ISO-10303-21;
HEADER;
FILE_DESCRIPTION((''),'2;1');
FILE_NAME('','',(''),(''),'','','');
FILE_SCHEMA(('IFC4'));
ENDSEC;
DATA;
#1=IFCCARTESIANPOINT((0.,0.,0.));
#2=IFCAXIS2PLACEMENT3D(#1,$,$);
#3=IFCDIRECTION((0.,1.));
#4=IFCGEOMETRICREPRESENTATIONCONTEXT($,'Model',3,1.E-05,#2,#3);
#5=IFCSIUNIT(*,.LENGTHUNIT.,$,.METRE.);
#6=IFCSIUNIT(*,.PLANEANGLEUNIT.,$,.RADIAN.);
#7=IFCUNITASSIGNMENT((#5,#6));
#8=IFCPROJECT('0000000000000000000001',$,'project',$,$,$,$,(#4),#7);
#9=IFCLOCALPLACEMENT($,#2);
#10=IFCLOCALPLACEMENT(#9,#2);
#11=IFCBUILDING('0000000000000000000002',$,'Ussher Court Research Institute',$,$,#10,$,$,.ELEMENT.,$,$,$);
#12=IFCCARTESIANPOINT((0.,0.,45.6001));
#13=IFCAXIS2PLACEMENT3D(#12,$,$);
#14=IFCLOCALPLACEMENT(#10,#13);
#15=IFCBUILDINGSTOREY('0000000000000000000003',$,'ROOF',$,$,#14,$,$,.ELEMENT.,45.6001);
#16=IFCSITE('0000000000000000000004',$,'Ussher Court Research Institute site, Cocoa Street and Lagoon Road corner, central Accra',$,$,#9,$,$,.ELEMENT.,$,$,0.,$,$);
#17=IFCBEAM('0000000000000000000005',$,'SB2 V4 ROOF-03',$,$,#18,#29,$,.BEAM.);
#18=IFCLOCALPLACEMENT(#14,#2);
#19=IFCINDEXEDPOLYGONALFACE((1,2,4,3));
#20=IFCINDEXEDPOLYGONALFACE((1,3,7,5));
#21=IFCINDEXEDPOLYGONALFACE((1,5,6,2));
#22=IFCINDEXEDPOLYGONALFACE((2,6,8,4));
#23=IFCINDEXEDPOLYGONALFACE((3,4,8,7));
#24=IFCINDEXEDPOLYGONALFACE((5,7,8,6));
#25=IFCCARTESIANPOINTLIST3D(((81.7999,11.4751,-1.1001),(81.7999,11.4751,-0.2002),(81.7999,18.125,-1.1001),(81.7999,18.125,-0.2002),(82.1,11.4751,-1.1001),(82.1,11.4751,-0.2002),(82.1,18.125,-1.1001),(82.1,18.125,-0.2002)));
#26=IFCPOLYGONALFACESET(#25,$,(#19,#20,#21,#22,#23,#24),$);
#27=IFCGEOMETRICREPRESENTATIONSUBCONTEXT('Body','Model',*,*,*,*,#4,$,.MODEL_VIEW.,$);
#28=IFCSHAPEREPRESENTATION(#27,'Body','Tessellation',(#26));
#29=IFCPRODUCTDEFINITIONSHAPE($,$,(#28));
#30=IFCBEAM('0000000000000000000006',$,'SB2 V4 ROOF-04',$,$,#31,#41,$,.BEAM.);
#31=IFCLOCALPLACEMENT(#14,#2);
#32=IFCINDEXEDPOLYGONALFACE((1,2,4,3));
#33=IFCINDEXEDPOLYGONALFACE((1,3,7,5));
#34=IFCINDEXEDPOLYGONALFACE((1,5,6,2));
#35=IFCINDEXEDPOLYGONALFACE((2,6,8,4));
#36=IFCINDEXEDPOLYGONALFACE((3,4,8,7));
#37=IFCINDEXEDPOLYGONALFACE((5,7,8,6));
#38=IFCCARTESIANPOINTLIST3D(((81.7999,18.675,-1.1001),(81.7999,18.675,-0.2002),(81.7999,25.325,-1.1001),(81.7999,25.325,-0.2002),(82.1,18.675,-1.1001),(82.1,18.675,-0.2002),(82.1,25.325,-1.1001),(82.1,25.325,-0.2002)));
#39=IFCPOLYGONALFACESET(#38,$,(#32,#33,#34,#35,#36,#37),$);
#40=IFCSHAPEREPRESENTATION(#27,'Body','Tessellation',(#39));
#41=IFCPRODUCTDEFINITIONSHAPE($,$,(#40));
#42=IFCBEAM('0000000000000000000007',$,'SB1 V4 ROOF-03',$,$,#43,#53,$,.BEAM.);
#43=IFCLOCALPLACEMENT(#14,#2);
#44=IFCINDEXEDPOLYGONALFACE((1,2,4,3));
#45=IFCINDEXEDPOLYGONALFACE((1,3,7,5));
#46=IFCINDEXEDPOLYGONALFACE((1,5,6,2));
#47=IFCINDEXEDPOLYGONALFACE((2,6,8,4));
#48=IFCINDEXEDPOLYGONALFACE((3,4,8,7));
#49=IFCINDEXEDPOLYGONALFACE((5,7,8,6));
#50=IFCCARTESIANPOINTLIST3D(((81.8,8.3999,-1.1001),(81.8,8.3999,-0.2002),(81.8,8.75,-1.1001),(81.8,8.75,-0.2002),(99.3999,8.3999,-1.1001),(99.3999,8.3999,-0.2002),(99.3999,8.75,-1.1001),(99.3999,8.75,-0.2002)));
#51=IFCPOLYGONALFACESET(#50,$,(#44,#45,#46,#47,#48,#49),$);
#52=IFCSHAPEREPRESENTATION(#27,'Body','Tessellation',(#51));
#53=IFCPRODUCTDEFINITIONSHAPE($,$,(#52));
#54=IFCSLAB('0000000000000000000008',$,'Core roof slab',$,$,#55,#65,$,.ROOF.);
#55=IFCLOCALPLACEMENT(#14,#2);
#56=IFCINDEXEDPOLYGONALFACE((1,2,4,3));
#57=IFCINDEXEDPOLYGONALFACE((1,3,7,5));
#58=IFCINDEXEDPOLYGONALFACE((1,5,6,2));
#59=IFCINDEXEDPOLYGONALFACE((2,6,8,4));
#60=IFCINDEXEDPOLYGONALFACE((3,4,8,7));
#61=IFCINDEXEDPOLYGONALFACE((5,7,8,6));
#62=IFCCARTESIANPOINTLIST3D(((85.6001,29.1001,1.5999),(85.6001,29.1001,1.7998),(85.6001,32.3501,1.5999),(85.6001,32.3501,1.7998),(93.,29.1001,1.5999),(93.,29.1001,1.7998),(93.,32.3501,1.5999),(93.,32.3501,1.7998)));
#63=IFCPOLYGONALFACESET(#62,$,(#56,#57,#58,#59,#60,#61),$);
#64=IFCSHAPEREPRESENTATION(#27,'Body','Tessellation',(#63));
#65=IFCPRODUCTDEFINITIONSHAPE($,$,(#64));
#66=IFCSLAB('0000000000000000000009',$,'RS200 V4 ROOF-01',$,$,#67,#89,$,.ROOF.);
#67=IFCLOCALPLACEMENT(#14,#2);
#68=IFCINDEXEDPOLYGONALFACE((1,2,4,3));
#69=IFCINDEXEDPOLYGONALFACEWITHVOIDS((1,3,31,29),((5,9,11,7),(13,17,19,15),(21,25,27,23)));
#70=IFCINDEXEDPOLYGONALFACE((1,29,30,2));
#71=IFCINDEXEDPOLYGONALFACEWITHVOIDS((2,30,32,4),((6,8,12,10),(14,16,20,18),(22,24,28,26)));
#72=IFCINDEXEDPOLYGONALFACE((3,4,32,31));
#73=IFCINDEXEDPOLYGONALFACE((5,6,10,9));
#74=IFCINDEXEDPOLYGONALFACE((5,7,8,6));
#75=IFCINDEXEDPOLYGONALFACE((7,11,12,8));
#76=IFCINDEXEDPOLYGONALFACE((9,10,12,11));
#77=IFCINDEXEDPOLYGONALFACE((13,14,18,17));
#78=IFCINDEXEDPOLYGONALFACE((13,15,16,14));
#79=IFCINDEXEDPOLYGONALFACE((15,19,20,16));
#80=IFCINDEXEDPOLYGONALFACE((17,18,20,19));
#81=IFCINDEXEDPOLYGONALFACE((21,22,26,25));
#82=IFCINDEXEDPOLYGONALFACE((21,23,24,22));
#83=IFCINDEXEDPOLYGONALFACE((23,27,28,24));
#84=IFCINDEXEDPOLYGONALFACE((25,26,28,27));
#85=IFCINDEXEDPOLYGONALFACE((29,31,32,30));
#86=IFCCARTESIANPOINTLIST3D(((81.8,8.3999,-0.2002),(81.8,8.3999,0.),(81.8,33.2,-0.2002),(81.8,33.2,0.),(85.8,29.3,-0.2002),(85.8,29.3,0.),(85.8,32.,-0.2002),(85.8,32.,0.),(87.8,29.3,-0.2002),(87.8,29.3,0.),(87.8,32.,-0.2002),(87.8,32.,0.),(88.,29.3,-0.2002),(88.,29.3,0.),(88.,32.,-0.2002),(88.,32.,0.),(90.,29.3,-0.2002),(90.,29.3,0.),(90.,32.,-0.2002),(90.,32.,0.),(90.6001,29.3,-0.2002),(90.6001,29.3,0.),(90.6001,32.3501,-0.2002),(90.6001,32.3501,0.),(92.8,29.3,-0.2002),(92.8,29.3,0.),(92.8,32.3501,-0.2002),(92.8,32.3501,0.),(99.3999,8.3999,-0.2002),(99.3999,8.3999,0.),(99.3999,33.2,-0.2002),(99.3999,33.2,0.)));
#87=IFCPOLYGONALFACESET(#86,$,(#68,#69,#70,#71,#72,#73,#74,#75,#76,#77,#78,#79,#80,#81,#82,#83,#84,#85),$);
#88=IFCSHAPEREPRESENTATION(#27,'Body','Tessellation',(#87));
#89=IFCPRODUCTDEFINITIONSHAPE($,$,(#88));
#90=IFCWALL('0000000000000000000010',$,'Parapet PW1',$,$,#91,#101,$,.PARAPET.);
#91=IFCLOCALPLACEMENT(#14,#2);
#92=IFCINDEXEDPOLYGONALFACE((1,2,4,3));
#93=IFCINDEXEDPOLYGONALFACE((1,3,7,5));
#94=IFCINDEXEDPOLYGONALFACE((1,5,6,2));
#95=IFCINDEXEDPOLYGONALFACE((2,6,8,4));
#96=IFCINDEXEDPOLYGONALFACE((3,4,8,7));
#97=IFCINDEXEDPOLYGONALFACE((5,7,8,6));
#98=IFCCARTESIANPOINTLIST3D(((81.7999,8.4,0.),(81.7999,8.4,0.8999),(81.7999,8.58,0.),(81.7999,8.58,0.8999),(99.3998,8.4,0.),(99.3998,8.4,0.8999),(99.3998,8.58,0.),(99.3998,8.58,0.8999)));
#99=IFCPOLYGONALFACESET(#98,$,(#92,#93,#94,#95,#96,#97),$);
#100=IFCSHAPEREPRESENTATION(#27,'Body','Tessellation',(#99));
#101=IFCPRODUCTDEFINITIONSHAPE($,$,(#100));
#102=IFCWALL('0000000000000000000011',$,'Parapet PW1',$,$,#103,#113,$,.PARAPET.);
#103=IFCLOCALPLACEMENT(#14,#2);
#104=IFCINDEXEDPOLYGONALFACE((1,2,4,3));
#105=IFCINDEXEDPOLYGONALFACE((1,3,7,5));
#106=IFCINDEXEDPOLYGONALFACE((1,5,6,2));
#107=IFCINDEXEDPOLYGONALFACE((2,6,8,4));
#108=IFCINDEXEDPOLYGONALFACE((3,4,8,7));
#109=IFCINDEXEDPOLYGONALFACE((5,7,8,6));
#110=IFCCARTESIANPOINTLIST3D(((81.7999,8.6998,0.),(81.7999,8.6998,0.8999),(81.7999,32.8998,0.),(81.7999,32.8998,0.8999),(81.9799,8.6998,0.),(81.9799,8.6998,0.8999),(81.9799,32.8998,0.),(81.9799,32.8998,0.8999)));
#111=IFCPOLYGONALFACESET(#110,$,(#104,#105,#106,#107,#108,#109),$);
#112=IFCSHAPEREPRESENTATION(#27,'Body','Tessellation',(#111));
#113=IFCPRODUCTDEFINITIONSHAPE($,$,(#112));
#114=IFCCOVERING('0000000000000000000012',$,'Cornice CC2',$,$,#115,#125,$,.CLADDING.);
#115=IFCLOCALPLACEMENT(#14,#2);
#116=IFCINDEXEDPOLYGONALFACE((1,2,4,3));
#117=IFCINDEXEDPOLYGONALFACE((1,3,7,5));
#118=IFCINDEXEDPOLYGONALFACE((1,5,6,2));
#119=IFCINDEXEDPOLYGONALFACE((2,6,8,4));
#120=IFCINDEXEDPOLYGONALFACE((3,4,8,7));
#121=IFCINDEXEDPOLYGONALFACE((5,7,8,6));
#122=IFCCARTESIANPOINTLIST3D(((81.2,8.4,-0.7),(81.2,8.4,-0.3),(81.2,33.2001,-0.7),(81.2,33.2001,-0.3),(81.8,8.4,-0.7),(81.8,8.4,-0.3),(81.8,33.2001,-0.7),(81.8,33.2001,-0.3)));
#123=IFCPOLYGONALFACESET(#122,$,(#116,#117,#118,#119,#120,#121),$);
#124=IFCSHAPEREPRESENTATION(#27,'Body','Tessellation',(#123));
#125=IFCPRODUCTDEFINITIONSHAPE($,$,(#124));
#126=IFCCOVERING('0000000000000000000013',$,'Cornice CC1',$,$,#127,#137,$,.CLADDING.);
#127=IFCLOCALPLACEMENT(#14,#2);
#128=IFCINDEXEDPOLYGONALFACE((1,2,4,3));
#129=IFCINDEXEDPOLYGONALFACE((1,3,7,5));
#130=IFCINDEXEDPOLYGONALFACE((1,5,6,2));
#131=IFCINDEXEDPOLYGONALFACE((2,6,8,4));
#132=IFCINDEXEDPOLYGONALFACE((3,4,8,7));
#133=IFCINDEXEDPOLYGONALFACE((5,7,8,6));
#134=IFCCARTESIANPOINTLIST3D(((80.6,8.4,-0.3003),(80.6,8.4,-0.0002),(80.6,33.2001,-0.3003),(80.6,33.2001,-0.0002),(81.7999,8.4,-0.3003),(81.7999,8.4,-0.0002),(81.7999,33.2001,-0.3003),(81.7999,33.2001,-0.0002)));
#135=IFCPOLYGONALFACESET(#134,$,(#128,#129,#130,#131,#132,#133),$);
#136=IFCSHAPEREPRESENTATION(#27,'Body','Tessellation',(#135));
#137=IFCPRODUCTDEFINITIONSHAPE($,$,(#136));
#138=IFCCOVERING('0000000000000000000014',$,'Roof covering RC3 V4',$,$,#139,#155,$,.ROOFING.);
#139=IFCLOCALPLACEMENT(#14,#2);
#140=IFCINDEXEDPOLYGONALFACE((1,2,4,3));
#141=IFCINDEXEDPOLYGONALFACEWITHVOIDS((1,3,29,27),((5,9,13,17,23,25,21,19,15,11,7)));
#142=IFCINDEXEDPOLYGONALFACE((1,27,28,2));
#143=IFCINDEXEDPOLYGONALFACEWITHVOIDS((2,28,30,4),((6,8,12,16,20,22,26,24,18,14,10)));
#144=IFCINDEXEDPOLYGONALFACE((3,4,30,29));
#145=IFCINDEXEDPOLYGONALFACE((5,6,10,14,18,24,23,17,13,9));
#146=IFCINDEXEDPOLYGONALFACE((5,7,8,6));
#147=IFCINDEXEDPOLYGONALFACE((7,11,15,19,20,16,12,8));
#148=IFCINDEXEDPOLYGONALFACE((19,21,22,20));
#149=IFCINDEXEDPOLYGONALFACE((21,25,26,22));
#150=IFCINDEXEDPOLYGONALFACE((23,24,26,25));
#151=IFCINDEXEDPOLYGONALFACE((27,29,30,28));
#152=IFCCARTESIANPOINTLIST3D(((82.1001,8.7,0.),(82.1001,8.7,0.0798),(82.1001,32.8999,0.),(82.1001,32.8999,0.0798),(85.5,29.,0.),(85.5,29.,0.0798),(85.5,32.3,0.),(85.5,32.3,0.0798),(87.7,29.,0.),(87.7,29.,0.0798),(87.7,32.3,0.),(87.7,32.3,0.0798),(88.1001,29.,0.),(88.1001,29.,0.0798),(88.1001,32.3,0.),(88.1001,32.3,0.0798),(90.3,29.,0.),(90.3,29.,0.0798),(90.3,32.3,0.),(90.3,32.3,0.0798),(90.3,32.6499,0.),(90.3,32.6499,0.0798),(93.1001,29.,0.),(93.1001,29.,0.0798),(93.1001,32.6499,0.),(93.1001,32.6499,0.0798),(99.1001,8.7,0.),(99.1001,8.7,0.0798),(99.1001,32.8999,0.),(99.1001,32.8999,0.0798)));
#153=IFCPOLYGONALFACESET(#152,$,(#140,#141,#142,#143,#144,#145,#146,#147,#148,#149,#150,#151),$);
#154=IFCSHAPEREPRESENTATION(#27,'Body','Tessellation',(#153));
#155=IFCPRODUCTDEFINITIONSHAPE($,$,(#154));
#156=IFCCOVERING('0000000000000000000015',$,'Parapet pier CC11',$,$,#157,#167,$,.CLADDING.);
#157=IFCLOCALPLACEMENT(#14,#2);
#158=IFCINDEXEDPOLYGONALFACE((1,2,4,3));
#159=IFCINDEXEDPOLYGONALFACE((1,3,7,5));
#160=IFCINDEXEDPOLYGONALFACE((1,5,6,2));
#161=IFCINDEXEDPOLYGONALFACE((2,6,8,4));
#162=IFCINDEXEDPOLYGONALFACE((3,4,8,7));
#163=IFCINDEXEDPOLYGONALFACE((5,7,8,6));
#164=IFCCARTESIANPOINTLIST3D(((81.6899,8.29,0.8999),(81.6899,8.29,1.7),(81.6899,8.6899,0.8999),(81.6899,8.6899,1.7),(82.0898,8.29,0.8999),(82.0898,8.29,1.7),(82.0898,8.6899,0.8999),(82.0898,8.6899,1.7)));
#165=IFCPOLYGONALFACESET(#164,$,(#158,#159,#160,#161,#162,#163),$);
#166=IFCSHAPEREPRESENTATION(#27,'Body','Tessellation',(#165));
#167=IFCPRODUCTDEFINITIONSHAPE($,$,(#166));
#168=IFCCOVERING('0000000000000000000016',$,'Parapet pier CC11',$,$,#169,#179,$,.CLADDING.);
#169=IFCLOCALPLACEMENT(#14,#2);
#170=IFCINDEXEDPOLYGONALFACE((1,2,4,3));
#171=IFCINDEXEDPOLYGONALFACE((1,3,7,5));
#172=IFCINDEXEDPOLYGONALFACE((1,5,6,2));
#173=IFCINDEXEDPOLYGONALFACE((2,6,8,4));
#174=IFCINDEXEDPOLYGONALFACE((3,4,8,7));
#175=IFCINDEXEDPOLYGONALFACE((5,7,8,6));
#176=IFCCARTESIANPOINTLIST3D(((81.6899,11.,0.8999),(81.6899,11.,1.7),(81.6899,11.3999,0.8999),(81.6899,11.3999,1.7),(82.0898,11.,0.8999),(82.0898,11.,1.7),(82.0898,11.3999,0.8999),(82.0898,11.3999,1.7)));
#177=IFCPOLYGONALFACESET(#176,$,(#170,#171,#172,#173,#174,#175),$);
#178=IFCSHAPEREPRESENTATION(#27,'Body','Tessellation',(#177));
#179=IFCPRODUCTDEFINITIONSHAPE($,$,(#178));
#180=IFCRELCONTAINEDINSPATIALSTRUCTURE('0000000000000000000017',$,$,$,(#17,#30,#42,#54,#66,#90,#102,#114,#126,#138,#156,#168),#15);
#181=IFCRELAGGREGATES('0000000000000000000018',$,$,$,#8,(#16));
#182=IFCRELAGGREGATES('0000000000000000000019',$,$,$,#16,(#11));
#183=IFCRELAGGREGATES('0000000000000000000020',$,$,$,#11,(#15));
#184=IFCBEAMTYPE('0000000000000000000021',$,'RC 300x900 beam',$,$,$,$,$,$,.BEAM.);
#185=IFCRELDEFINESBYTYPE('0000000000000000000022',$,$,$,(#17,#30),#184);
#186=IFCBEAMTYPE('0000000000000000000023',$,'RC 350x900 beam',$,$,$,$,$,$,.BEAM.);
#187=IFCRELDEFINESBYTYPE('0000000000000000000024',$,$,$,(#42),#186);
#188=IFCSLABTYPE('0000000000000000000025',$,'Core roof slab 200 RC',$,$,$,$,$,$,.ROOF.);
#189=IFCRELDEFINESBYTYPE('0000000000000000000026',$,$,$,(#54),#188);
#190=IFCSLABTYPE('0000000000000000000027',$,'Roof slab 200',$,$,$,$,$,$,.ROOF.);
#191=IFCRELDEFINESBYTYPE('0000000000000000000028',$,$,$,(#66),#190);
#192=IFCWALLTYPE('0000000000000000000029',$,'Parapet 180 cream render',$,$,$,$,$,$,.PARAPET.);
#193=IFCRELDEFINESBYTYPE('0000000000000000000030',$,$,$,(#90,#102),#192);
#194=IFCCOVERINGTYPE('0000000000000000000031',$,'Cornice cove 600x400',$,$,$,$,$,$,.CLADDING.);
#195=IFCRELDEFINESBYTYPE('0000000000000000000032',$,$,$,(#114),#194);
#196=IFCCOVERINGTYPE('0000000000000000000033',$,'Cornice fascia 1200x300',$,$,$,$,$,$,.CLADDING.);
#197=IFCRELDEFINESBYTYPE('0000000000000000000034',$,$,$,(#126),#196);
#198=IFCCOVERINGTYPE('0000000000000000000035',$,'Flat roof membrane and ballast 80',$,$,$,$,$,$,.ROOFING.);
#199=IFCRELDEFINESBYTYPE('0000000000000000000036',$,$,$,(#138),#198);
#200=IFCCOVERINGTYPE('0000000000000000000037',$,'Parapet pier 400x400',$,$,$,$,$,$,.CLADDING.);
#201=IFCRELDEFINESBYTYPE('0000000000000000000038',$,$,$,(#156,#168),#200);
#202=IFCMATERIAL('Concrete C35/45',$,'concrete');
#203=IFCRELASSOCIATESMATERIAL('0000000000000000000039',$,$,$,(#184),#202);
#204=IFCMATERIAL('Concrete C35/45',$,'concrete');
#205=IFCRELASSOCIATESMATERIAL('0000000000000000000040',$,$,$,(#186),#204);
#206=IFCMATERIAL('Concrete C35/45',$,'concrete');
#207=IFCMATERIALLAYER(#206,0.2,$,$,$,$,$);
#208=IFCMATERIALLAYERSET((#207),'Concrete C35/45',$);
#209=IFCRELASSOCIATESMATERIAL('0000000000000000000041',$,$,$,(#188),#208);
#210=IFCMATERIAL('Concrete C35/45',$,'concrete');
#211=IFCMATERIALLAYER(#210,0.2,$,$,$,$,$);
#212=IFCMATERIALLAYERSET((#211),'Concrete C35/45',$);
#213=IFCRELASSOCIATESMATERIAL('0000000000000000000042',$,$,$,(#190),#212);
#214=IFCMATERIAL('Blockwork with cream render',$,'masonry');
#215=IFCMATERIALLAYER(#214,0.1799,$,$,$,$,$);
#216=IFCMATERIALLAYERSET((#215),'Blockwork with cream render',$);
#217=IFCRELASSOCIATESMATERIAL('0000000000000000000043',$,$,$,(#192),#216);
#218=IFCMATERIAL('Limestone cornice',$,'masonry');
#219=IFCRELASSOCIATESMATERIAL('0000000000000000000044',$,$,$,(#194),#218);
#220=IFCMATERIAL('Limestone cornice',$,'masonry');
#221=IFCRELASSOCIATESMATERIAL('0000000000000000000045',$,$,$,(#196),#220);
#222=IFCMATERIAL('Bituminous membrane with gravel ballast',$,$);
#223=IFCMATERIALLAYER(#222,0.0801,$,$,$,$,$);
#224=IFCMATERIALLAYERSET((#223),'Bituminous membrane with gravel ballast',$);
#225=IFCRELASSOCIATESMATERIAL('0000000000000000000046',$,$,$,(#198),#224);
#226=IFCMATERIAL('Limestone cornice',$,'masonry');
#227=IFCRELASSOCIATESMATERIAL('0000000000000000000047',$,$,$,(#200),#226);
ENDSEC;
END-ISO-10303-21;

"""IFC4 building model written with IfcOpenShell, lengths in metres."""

from ifc_helpers import new_model, si_unit, direction, frame, frame_2d, origin, origin_2d, place, context, subcontext, project, spatial, polyline, rectangle, outline, extrude, material, layer, layer_set, material_profile, profile_set, type_object, element, save


model = new_model("IFC4")

# Units and contexts
model_context = context("Model", 3, precision=1e-05, world=origin(), true_north=direction((0.0, 1.0)))
body_context = subcontext(model_context, "Body", "Model", "MODEL_VIEW")
ifc_project = project(units=[si_unit("LENGTHUNIT", "METRE"), si_unit("PLANEANGLEUNIT", "RADIAN")], contexts=[model_context])

# Site, building, storey
site_placement = place(None, origin())
site = spatial("IfcSite", under=ifc_project, at=site_placement, Name="Ussher Court Research Institute site, Cocoa Street and Lagoon Road corner, central Accra", CompositionType="ELEMENT", RefElevation=0.0)
building_placement = place(site_placement, origin())
building = spatial("IfcBuilding", under=site, at=building_placement, Name="Ussher Court Research Institute", CompositionType="ELEMENT")
storey_placement = place(building_placement, frame((0.0, 0.0, 45.6001)))
storey = spatial("IfcBuildingStorey", under=building, at=storey_placement, Name="ROOF", CompositionType="ELEMENT", Elevation=45.6001)

# Beams
ifc_material_1 = material(Name="Concrete C35/45", Category="concrete")
ifc_material_profile_1 = material_profile(ifc_material_1, rectangle(XDim=0.3, YDim=0.8999, at=origin_2d()), Name="RC 300x900")
ifc_profile_set_1 = profile_set([ifc_material_profile_1], Name="Concrete C35/45")
beam_type_1 = type_object("IfcBeamType", Name="RC 300x900 beam", PredefinedType="BEAM", material=ifc_profile_set_1)
for number, where, z_axis, x_axis, name in (
    (1, (81.95, 11.4751, -0.6501), (0.0, 1.0, 0.0), (-1.0, 0.0, 0.0), "SB2 V4 ROOF-03"),
    (2, (81.95, 18.675, -0.6501), (0.0, 1.0, 0.0), (-1.0, 0.0, 0.0), "SB2 V4 ROOF-04"),
):
    element("IfcBeam", number, at=place(storey_placement, frame(where, z_axis=z_axis, x_axis=x_axis)), inside=storey, type_object=beam_type_1, Name=name, PredefinedType="BEAM", context=body_context, shape_type="SweptSolid", body=[
        extrude(rectangle(XDim=0.3, YDim=0.8999, at=origin_2d()), origin(), (0.0, 0.0, 1.0), 6.6499),
    ])
ifc_material_2 = material(Name="Concrete C35/45", Category="concrete")
ifc_material_profile_2 = material_profile(ifc_material_2, rectangle(XDim=0.3501, YDim=0.8999, at=origin_2d()), Name="RC 350x900")
ifc_profile_set_2 = profile_set([ifc_material_profile_2], Name="Concrete C35/45")
beam_type_2 = type_object("IfcBeamType", Name="RC 350x900 beam", PredefinedType="BEAM", material=ifc_profile_set_2)
beam_placement = place(storey_placement, frame((81.8, 8.575, -0.6501), z_axis=(1.0, 0.0, 0.0), x_axis=(0.0, 1.0, 0.0)))
element("IfcBeam", 3, at=beam_placement, inside=storey, type_object=beam_type_2, Name="SB1 V4 ROOF-03", PredefinedType="BEAM", context=body_context, shape_type="SweptSolid", body=[
    extrude(rectangle(XDim=0.3501, YDim=0.8999, at=origin_2d()), origin(), (0.0, 0.0, 1.0), 17.5999),
])

# Slabs
ifc_material_3 = material(Name="Concrete C35/45", Category="concrete")
ifc_layer_1 = layer(ifc_material_3, 0.2)
ifc_layer_set_1 = layer_set([ifc_layer_1], Name="Concrete C35/45")
slab_type_1 = type_object("IfcSlabType", Name="Core roof slab 200 RC", PredefinedType="ROOF", material=ifc_layer_set_1)
slab_1_placement = place(storey_placement, frame((0.0, 0.0, 1.5999)))
element("IfcSlab", 4, at=slab_1_placement, inside=storey, type_object=slab_type_1, Name="Core roof slab", PredefinedType="ROOF", context=body_context, shape_type="SweptSolid", body=[
    extrude(outline(polyline([(93.0, 29.1001), (93.0, 32.3501), (85.6001, 32.3501), (85.6001, 29.1001), (93.0, 29.1001)])), origin(), (0.0, 0.0, 1.0), 0.2),
])
ifc_material_4 = material(Name="Concrete C35/45", Category="concrete")
ifc_layer_2 = layer(ifc_material_4, 0.2)
ifc_layer_set_2 = layer_set([ifc_layer_2], Name="Concrete C35/45")
slab_type_2 = type_object("IfcSlabType", Name="Roof slab 200", PredefinedType="ROOF", material=ifc_layer_set_2)
slab_2_placement = place(storey_placement, frame((0.0, 0.0, -0.2002)))
element("IfcSlab", 5, at=slab_2_placement, inside=storey, type_object=slab_type_2, Name="RS200 V4 ROOF-01", PredefinedType="ROOF", context=body_context, shape_type="SweptSolid", body=[
    extrude(outline(polyline([(81.8, 8.3999), (99.3999, 8.3999), (99.3999, 33.2), (81.8, 33.2), (81.8, 8.3999)]), holes=[polyline([(85.8, 29.3), (85.8, 32.0), (87.8, 32.0), (87.8, 29.3), (85.8, 29.3)]), polyline([(88.0, 32.0), (90.0, 32.0), (90.0, 29.3), (88.0, 29.3), (88.0, 32.0)]), polyline([(90.6001, 32.3501), (92.8, 32.3501), (92.8, 29.3), (90.6001, 29.3), (90.6001, 32.3501)])]), origin(), (0.0, 0.0, 1.0), 0.2002),
])

# Walls
ifc_material_5 = material(Name="Blockwork with cream render", Category="masonry")
ifc_layer_3 = layer(ifc_material_5, 0.1799)
ifc_layer_set_3 = layer_set([ifc_layer_3], Name="Blockwork with cream render")
wall_type = type_object("IfcWallType", Name="Parapet 180 cream render", PredefinedType="PARAPET", material=ifc_layer_set_3)
wall_1_placement = place(storey_placement, frame((81.8, 8.49, 0.0), z_axis=(0.0, 0.0, 1.0), x_axis=(1.0, 0.0, 0.0)))
element("IfcWall", 6, at=wall_1_placement, inside=storey, type_object=wall_type, Name="Parapet PW1", PredefinedType="PARAPET", context=body_context, shape_type="SweptSolid", body=[
    extrude(rectangle(XDim=17.5999, YDim=0.1799, at=frame_2d((8.7998, 0.0))), origin(), (0.0, 0.0, 1.0), 0.8999),
])
wall_2_placement = place(storey_placement, frame((81.8899, 32.8999, 0.0), z_axis=(0.0, 0.0, 1.0), x_axis=(0.0, -1.0, 0.0)))
element("IfcWall", 7, at=wall_2_placement, inside=storey, type_object=wall_type, Name="Parapet PW1", PredefinedType="PARAPET", context=body_context, shape_type="SweptSolid", body=[
    extrude(rectangle(XDim=24.2, YDim=0.1799, at=frame_2d((12.1001, 0.0))), origin(), (0.0, 0.0, 1.0), 0.8999),
])

# Coverings
ifc_material_6 = material(Name="Limestone cornice", Category="masonry")
covering_type_1 = type_object("IfcCoveringType", Name="Cornice cove 600x400", PredefinedType="CLADDING", material=ifc_material_6)
covering_1_placement = place(storey_placement, frame((81.5, 20.8, -0.7), z_axis=(0.0, 0.0, 1.0), x_axis=(0.0, -1.0, 0.0)))
element("IfcCovering", 8, at=covering_1_placement, inside=storey, type_object=covering_type_1, Name="Cornice CC2", PredefinedType="CLADDING", context=body_context, shape_type="SweptSolid", body=[
    extrude(rectangle(XDim=24.8, YDim=0.6001, at=origin_2d()), origin(), (0.0, 0.0, 1.0), 0.3999),
])
ifc_material_7 = material(Name="Limestone cornice", Category="masonry")
covering_type_2 = type_object("IfcCoveringType", Name="Cornice fascia 1200x300", PredefinedType="CLADDING", material=ifc_material_7)
covering_2_placement = place(storey_placement, frame((81.2, 20.8, -0.3003), z_axis=(0.0, 0.0, 1.0), x_axis=(0.0, -1.0, 0.0)))
element("IfcCovering", 9, at=covering_2_placement, inside=storey, type_object=covering_type_2, Name="Cornice CC1", PredefinedType="CLADDING", context=body_context, shape_type="SweptSolid", body=[
    extrude(rectangle(XDim=24.8, YDim=1.2, at=origin_2d()), origin(), (0.0, 0.0, 1.0), 0.3),
])
ifc_material_8 = material(Name="Bituminous membrane with gravel ballast")
ifc_layer_4 = layer(ifc_material_8, 0.0801)
ifc_layer_set_4 = layer_set([ifc_layer_4], Name="Bituminous membrane with gravel ballast")
covering_type_3 = type_object("IfcCoveringType", Name="Flat roof membrane and ballast 80", PredefinedType="ROOFING", material=ifc_layer_set_4)
covering_3_placement = place(storey_placement, origin())
element("IfcCovering", 10, at=covering_3_placement, inside=storey, type_object=covering_type_3, Name="Roof covering RC3 V4", PredefinedType="ROOFING", context=body_context, shape_type="SweptSolid", body=[
    extrude(outline(polyline([(82.1001, 8.7), (82.1001, 32.8999), (99.1001, 32.8999), (99.1001, 8.7), (82.1001, 8.7)]), holes=[polyline([(85.5, 29.0), (87.7, 29.0), (88.1001, 29.0), (90.3, 29.0), (93.1001, 29.0), (93.1001, 32.6499), (90.3, 32.6499), (90.3, 32.3), (88.1001, 32.3), (87.7, 32.3), (85.5, 32.3), (85.5, 29.0)])]), origin(), (0.0, 0.0, 1.0), 0.0798),
])
ifc_material_9 = material(Name="Limestone cornice", Category="masonry")
covering_type_4 = type_object("IfcCoveringType", Name="Parapet pier 400x400", PredefinedType="CLADDING", material=ifc_material_9)
for number, where, z_axis, x_axis, name in (
    (11, (81.8899, 8.49, 0.8999), (0.0, 0.0, 1.0), (1.0, 0.0, 0.0), "Parapet pier CC11"),
    (12, (81.8899, 11.2, 0.8999), (0.0, 0.0, 1.0), (1.0, 0.0, 0.0), "Parapet pier CC11"),
):
    element("IfcCovering", number, at=place(storey_placement, frame(where, z_axis=z_axis, x_axis=x_axis)), inside=storey, type_object=covering_type_4, Name=name, PredefinedType="CLADDING", context=body_context, shape_type="SweptSolid", body=[
        extrude(rectangle(XDim=0.3999, YDim=0.3999, at=origin_2d()), origin(), (0.0, 0.0, 1.0), 0.8),
    ])

save(model, "model.ifc")
